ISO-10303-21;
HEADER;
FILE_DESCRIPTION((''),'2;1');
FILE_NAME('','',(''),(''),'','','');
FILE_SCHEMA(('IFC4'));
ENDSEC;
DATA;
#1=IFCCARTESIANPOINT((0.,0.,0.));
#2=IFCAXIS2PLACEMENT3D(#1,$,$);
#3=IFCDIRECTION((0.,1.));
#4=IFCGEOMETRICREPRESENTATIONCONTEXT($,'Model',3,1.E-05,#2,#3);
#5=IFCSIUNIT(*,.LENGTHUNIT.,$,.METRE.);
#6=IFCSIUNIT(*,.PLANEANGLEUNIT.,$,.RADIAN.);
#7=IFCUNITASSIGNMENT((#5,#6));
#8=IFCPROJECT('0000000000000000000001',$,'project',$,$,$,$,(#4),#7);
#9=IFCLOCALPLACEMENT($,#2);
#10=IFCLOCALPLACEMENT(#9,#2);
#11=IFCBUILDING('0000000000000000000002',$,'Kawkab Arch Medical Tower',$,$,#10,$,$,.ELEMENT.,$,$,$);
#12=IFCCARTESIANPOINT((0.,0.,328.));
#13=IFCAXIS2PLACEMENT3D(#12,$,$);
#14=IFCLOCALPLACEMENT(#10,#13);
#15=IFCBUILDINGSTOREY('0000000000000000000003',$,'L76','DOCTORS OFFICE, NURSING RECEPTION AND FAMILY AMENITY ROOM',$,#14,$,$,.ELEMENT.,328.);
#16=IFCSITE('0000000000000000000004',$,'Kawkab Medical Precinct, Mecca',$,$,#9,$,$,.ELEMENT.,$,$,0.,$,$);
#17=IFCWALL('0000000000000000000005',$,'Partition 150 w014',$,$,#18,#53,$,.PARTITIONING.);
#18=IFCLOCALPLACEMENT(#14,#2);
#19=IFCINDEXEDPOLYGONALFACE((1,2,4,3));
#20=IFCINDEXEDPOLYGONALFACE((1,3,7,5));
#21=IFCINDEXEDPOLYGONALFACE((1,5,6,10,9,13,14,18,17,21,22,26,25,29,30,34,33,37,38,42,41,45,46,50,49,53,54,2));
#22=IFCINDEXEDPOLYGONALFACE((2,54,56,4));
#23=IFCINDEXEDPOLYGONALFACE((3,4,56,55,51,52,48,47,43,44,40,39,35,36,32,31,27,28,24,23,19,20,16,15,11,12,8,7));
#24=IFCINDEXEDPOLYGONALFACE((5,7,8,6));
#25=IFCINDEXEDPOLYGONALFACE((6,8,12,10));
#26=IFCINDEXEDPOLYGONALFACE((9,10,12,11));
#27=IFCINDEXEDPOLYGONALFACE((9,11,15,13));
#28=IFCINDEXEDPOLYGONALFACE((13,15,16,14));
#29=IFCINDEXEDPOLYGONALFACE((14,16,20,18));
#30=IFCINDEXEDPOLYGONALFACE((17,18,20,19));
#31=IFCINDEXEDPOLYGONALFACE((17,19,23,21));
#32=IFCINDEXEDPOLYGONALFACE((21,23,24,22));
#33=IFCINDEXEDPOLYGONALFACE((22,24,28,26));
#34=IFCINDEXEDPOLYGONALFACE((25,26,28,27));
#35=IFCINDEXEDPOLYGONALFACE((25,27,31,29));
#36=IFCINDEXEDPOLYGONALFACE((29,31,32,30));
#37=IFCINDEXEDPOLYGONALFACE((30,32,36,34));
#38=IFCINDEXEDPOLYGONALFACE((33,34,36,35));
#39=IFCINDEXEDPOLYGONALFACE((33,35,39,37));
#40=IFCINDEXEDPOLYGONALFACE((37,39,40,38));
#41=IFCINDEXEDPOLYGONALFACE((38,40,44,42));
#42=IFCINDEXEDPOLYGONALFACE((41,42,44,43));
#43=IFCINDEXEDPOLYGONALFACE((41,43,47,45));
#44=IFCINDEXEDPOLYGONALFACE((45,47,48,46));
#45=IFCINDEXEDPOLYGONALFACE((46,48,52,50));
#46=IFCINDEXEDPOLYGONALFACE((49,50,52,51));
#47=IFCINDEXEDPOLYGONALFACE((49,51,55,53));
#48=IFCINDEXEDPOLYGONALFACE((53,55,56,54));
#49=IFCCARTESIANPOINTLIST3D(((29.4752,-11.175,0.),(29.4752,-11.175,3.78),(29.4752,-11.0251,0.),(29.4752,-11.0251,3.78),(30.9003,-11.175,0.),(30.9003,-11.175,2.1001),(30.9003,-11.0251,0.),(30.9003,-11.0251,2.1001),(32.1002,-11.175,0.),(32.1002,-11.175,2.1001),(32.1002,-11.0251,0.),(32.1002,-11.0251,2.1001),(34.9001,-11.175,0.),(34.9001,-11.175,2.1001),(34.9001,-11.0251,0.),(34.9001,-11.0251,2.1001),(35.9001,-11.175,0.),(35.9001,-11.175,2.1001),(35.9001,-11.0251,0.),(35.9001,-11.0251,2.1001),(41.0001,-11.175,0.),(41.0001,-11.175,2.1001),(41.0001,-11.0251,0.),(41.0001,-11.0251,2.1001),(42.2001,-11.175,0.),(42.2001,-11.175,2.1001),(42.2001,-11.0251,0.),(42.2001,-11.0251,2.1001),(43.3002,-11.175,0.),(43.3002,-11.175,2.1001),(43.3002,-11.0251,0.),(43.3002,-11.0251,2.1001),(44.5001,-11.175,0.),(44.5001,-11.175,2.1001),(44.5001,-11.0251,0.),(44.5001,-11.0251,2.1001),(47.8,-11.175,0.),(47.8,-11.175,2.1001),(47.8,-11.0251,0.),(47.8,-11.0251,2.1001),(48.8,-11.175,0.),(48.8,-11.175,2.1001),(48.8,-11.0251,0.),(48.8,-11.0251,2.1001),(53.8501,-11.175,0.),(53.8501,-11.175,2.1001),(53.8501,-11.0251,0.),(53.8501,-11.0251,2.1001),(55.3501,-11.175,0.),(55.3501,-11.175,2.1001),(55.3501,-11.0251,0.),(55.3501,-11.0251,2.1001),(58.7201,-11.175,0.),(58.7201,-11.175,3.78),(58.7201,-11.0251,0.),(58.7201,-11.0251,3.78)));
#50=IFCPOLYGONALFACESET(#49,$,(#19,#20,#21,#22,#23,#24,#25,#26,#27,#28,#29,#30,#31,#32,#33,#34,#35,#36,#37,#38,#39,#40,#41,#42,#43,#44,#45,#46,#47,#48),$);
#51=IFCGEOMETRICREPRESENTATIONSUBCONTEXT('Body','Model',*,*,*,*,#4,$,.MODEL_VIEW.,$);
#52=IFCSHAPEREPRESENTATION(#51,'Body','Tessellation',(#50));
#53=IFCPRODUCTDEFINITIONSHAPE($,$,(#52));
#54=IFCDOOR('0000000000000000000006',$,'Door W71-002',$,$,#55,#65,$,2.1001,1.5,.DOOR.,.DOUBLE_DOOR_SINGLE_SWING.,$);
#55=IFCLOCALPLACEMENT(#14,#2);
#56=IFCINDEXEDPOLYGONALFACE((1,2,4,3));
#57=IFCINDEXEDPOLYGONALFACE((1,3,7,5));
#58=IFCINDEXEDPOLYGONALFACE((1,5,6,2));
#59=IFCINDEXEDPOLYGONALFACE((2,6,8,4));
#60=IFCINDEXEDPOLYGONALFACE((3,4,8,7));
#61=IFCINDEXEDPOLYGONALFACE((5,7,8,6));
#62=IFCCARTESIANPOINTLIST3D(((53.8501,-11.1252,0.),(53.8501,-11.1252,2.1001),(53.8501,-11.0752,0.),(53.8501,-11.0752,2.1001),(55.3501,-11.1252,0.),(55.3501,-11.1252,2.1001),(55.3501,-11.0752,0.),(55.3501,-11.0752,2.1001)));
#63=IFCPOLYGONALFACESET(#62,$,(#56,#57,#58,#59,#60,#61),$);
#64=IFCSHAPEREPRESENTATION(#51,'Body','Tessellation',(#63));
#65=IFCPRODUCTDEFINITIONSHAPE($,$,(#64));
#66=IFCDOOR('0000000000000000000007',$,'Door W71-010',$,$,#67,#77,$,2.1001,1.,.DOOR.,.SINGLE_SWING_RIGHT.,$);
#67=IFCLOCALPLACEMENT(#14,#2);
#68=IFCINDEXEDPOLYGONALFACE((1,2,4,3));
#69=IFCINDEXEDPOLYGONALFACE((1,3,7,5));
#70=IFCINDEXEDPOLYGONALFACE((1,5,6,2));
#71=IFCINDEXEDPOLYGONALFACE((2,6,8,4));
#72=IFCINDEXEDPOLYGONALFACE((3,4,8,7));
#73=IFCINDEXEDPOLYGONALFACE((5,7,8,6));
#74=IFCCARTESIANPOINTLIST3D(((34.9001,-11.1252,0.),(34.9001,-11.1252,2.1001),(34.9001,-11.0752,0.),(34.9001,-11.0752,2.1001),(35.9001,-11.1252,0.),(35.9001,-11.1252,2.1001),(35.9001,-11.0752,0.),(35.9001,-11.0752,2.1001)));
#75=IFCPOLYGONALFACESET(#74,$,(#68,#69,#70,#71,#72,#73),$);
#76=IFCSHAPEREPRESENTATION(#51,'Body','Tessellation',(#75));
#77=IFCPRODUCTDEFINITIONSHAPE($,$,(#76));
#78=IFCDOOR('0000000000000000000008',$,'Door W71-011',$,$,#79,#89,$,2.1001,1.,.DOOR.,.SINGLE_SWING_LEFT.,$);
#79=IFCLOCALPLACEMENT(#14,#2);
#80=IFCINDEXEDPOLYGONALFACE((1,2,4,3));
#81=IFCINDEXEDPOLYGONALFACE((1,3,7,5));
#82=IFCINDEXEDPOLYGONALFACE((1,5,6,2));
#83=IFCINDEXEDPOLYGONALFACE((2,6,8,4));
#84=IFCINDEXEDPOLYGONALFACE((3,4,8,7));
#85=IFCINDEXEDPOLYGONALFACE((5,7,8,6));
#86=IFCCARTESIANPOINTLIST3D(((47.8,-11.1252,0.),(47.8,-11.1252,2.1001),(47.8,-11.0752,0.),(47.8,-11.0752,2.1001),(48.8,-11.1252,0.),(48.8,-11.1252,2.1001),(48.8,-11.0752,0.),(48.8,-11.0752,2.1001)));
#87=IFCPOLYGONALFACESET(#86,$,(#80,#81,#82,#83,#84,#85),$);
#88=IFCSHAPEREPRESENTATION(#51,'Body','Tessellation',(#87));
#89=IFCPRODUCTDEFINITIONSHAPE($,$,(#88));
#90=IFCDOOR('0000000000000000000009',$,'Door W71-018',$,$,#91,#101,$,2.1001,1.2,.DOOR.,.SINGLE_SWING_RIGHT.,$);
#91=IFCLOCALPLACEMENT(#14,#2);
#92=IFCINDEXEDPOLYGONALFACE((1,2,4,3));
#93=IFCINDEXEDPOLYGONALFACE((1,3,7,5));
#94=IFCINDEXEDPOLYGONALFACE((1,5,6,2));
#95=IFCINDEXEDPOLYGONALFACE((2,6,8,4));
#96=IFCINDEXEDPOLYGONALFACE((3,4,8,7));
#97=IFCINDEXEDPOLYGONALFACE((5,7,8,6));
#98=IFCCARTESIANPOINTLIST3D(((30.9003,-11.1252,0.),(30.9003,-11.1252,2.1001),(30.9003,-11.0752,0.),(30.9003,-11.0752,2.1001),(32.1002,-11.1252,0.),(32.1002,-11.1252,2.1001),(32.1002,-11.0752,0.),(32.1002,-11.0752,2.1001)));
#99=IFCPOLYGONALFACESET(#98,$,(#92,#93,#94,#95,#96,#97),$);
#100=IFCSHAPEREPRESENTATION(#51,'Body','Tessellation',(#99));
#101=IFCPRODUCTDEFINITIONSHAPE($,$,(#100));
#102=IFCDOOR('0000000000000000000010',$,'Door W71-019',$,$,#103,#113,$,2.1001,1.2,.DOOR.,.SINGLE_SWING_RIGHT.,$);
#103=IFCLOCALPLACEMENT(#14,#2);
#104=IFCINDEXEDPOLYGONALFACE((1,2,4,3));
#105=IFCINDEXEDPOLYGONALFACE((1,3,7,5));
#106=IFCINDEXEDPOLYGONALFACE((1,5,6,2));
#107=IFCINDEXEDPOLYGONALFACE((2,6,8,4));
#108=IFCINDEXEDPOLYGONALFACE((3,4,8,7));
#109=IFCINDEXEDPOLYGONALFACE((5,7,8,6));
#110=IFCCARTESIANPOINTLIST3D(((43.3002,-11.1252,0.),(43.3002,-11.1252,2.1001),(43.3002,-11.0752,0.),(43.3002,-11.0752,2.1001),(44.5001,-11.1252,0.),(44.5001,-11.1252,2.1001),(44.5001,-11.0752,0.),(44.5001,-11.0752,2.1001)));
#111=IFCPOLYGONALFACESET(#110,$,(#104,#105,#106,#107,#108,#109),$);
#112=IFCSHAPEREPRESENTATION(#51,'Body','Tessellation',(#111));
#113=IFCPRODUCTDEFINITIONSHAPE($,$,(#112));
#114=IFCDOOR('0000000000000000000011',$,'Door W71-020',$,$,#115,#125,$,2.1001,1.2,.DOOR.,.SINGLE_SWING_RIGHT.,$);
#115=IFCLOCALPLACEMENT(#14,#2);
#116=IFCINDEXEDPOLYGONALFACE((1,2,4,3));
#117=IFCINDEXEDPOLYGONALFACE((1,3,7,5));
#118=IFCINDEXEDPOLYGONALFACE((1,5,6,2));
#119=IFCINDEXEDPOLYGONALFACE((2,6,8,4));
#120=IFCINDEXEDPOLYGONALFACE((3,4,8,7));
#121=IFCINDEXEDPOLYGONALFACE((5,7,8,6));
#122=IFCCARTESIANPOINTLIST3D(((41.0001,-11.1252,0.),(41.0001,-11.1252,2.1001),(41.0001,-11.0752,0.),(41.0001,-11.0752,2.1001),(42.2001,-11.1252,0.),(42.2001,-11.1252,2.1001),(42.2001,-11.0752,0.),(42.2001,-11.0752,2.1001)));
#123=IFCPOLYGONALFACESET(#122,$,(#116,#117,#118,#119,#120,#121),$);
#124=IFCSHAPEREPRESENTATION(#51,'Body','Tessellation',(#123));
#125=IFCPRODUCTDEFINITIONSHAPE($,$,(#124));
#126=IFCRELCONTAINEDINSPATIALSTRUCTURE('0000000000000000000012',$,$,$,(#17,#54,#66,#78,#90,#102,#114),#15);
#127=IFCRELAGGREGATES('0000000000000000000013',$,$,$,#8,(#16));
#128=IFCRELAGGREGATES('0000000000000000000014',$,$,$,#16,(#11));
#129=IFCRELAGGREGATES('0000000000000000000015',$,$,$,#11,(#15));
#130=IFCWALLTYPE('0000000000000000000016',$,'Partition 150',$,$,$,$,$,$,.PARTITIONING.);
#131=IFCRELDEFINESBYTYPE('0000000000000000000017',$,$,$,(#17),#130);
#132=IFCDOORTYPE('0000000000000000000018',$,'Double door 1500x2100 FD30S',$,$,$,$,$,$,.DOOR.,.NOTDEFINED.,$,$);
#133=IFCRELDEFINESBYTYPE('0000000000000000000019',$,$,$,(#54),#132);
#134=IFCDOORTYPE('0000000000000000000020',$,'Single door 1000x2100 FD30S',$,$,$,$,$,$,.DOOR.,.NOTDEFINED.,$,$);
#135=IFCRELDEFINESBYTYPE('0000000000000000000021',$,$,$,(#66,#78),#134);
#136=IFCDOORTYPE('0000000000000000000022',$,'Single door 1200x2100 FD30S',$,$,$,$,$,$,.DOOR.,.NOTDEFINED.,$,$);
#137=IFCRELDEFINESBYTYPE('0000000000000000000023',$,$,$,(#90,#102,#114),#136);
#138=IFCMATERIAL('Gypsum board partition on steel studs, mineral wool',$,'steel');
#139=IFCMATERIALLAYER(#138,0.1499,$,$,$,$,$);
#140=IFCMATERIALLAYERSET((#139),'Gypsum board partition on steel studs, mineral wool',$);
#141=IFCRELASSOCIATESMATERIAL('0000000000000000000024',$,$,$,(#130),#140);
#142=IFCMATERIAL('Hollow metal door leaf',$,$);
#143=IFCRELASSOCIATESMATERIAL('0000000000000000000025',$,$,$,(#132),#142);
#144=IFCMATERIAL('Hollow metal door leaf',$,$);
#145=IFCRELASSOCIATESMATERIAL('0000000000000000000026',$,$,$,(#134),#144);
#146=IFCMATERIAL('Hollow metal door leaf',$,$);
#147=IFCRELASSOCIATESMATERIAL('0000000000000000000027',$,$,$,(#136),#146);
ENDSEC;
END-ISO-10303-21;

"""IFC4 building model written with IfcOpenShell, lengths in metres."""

from ifc_helpers import new_model, si_unit, direction, frame, frame_2d, origin, place, context, subcontext, project, spatial, rectangle, extrude, material, layer, layer_set, type_object, element, fill, save


model = new_model("IFC4")

# Units and contexts
model_context = context("Model", 3, precision=1e-05, world=origin(), true_north=direction((0.0, 1.0)))
body_context = subcontext(model_context, "Body", "Model", "MODEL_VIEW")
ifc_project = project(units=[si_unit("LENGTHUNIT", "METRE"), si_unit("PLANEANGLEUNIT", "RADIAN")], contexts=[model_context])

# Site, building, storey
site_placement = place(None, origin())
site = spatial("IfcSite", under=ifc_project, at=site_placement, Name="Kawkab Medical Precinct, Mecca", CompositionType="ELEMENT", RefElevation=0.0)
building_placement = place(site_placement, origin())
building = spatial("IfcBuilding", under=site, at=building_placement, Name="Kawkab Arch Medical Tower", CompositionType="ELEMENT")
storey_placement = place(building_placement, frame((0.0, 0.0, 328.0)))
storey = spatial("IfcBuildingStorey", under=building, at=storey_placement, Name="L76", Description="DOCTORS OFFICE, NURSING RECEPTION AND FAMILY AMENITY ROOM", CompositionType="ELEMENT", Elevation=328.0)

# Shared definitions
ifc_material_1 = material(Name="Gypsum board partition on steel studs, mineral wool", Category="steel")
ifc_layer_1 = layer(ifc_material_1, 0.1499)
ifc_layer_set_1 = layer_set([ifc_layer_1], Name="Gypsum board partition on steel studs, mineral wool")
wall_type_1 = type_object("IfcWallType", Name="Partition 150", PredefinedType="PARTITIONING", material=ifc_layer_set_1)
ifc_material_2 = material(Name="Hollow metal door leaf")
door_type_1 = type_object("IfcDoorType", Name="Double door 1500x2100 FD30S", OperationType="NOTDEFINED", PredefinedType="DOOR", material=ifc_material_2)

# Wall, openings, doors
wall_1_placement = place(storey_placement, frame((29.4751, -11.1001, 0.0), z_axis=(0.0, 0.0, 1.0), x_axis=(1.0, 0.0, 0.0)))
wall_1 = element("IfcWall", 1, at=wall_1_placement, inside=storey, type_object=wall_type_1, Name="Partition 150 w014", PredefinedType="PARTITIONING", context=body_context, shape_type="SweptSolid", body=[
    extrude(rectangle(XDim=29.2449, YDim=0.1499, at=frame_2d((14.6226, 0.0))), origin(), (0.0, 0.0, 1.0), 3.78),
])
opening_1_placement = place(wall_1_placement, frame((1.425, 0.0, 0.0)))
opening_1 = element("IfcOpeningElement", 2, at=opening_1_placement, cuts=wall_1, PredefinedType="OPENING", context=body_context, shape_type="SweptSolid", body=[
    extrude(rectangle(XDim=1.2, YDim=2.1001, at=frame_2d((0.6001, 1.05))), frame((0.0, 0.085, 0.0), z_axis=(0.0, -1.0, 0.0), x_axis=(1.0, 0.0, 0.0)), (0.0, 0.0, 1.0), 0.1699),
])
opening_2_placement = place(wall_1_placement, frame((5.425, 0.0, 0.0)))
opening_2 = element("IfcOpeningElement", 3, at=opening_2_placement, cuts=wall_1, PredefinedType="OPENING", context=body_context, shape_type="SweptSolid", body=[
    extrude(rectangle(XDim=1.0, YDim=2.1001, at=frame_2d((0.5, 1.05))), frame((0.0, 0.085, 0.0), z_axis=(0.0, -1.0, 0.0), x_axis=(1.0, 0.0, 0.0)), (0.0, 0.0, 1.0), 0.1699),
])
opening_3_placement = place(wall_1_placement, frame((13.825, 0.0, 0.0)))
opening_3 = element("IfcOpeningElement", 4, at=opening_3_placement, cuts=wall_1, PredefinedType="OPENING", context=body_context, shape_type="SweptSolid", body=[
    extrude(rectangle(XDim=1.2, YDim=2.1001, at=frame_2d((0.6001, 1.05))), frame((0.0, 0.085, 0.0), z_axis=(0.0, -1.0, 0.0), x_axis=(1.0, 0.0, 0.0)), (0.0, 0.0, 1.0), 0.1699),
])
opening_4_placement = place(wall_1_placement, frame((11.5249, 0.0, 0.0)))
opening_4 = element("IfcOpeningElement", 5, at=opening_4_placement, cuts=wall_1, PredefinedType="OPENING", context=body_context, shape_type="SweptSolid", body=[
    extrude(rectangle(XDim=1.2, YDim=2.1001, at=frame_2d((0.6001, 1.05))), frame((0.0, 0.085, 0.0), z_axis=(0.0, -1.0, 0.0), x_axis=(1.0, 0.0, 0.0)), (0.0, 0.0, 1.0), 0.1699),
])
opening_5_placement = place(wall_1_placement, frame((18.325, 0.0, 0.0)))
opening_5 = element("IfcOpeningElement", 6, at=opening_5_placement, cuts=wall_1, PredefinedType="OPENING", context=body_context, shape_type="SweptSolid", body=[
    extrude(rectangle(XDim=1.0, YDim=2.1001, at=frame_2d((0.5, 1.05))), frame((0.0, 0.085, 0.0), z_axis=(0.0, -1.0, 0.0), x_axis=(1.0, 0.0, 0.0)), (0.0, 0.0, 1.0), 0.1699),
])
opening_6_placement = place(wall_1_placement, frame((24.375, 0.0, 0.0)))
opening_6 = element("IfcOpeningElement", 7, at=opening_6_placement, cuts=wall_1, PredefinedType="OPENING", context=body_context, shape_type="SweptSolid", body=[
    extrude(rectangle(XDim=1.5, YDim=2.1001, at=frame_2d((0.75, 1.05))), frame((0.0, 0.085, 0.0), z_axis=(0.0, -1.0, 0.0), x_axis=(1.0, 0.0, 0.0)), (0.0, 0.0, 1.0), 0.1699),
])
door_1_placement = place(opening_6_placement, origin())
door_1 = element("IfcDoor", 8, at=door_1_placement, inside=storey, type_object=door_type_1, Name="Door W71-002", OperationType="DOUBLE_DOOR_SINGLE_SWING", OverallHeight=2.1001, OverallWidth=1.5, PredefinedType="DOOR", context=body_context, shape_type="SweptSolid", body=[
    extrude(rectangle(XDim=1.5, YDim=2.1001, at=frame_2d((0.75, 1.05))), frame((0.0, 0.0249, 0.0), z_axis=(0.0, -1.0, 0.0), x_axis=(1.0, 0.0, 0.0)), (0.0, 0.0, 1.0), 0.05),
])
fill(opening_6, door_1)
ifc_material_3 = material(Name="Hollow metal door leaf")
door_type_2 = type_object("IfcDoorType", Name="Single door 1000x2100 FD30S", OperationType="NOTDEFINED", PredefinedType="DOOR", material=ifc_material_3)
door_2_placement = place(opening_2_placement, origin())
door_2 = element("IfcDoor", 9, at=door_2_placement, inside=storey, type_object=door_type_2, Name="Door W71-010", OperationType="SINGLE_SWING_RIGHT", OverallHeight=2.1001, OverallWidth=1.0, PredefinedType="DOOR", context=body_context, shape_type="SweptSolid", body=[
    extrude(rectangle(XDim=1.0, YDim=2.1001, at=frame_2d((0.5, 1.05))), frame((0.0, 0.0249, 0.0), z_axis=(0.0, -1.0, 0.0), x_axis=(1.0, 0.0, 0.0)), (0.0, 0.0, 1.0), 0.05),
])
fill(opening_2, door_2)
door_3_placement = place(opening_5_placement, origin())
door_3 = element("IfcDoor", 10, at=door_3_placement, inside=storey, type_object=door_type_2, Name="Door W71-011", OperationType="SINGLE_SWING_LEFT", OverallHeight=2.1001, OverallWidth=1.0, PredefinedType="DOOR", context=body_context, shape_type="SweptSolid", body=[
    extrude(rectangle(XDim=1.0, YDim=2.1001, at=frame_2d((0.5, 1.05))), frame((0.0, 0.0249, 0.0), z_axis=(0.0, -1.0, 0.0), x_axis=(1.0, 0.0, 0.0)), (0.0, 0.0, 1.0), 0.05),
])
fill(opening_5, door_3)
ifc_material_4 = material(Name="Hollow metal door leaf")
door_type_3 = type_object("IfcDoorType", Name="Single door 1200x2100 FD30S", OperationType="NOTDEFINED", PredefinedType="DOOR", material=ifc_material_4)
door_4_placement = place(opening_1_placement, origin())
door_4 = element("IfcDoor", 11, at=door_4_placement, inside=storey, type_object=door_type_3, Name="Door W71-018", OperationType="SINGLE_SWING_RIGHT", OverallHeight=2.1001, OverallWidth=1.2, PredefinedType="DOOR", context=body_context, shape_type="SweptSolid", body=[
    extrude(rectangle(XDim=1.2, YDim=2.1001, at=frame_2d((0.6001, 1.05))), frame((0.0, 0.0249, 0.0), z_axis=(0.0, -1.0, 0.0), x_axis=(1.0, 0.0, 0.0)), (0.0, 0.0, 1.0), 0.05),
])
fill(opening_1, door_4)
door_5_placement = place(opening_3_placement, origin())
door_5 = element("IfcDoor", 12, at=door_5_placement, inside=storey, type_object=door_type_3, Name="Door W71-019", OperationType="SINGLE_SWING_RIGHT", OverallHeight=2.1001, OverallWidth=1.2, PredefinedType="DOOR", context=body_context, shape_type="SweptSolid", body=[
    extrude(rectangle(XDim=1.2, YDim=2.1001, at=frame_2d((0.6001, 1.05))), frame((0.0, 0.0249, 0.0), z_axis=(0.0, -1.0, 0.0), x_axis=(1.0, 0.0, 0.0)), (0.0, 0.0, 1.0), 0.05),
])
fill(opening_3, door_5)
door_6_placement = place(opening_4_placement, origin())
door_6 = element("IfcDoor", 13, at=door_6_placement, inside=storey, type_object=door_type_3, Name="Door W71-020", OperationType="SINGLE_SWING_RIGHT", OverallHeight=2.1001, OverallWidth=1.2, PredefinedType="DOOR", context=body_context, shape_type="SweptSolid", body=[
    extrude(rectangle(XDim=1.2, YDim=2.1001, at=frame_2d((0.6001, 1.05))), frame((0.0, 0.0249, 0.0), z_axis=(0.0, -1.0, 0.0), x_axis=(1.0, 0.0, 0.0)), (0.0, 0.0, 1.0), 0.05),
])
fill(opening_4, door_6)

save(model, "model.ifc")
